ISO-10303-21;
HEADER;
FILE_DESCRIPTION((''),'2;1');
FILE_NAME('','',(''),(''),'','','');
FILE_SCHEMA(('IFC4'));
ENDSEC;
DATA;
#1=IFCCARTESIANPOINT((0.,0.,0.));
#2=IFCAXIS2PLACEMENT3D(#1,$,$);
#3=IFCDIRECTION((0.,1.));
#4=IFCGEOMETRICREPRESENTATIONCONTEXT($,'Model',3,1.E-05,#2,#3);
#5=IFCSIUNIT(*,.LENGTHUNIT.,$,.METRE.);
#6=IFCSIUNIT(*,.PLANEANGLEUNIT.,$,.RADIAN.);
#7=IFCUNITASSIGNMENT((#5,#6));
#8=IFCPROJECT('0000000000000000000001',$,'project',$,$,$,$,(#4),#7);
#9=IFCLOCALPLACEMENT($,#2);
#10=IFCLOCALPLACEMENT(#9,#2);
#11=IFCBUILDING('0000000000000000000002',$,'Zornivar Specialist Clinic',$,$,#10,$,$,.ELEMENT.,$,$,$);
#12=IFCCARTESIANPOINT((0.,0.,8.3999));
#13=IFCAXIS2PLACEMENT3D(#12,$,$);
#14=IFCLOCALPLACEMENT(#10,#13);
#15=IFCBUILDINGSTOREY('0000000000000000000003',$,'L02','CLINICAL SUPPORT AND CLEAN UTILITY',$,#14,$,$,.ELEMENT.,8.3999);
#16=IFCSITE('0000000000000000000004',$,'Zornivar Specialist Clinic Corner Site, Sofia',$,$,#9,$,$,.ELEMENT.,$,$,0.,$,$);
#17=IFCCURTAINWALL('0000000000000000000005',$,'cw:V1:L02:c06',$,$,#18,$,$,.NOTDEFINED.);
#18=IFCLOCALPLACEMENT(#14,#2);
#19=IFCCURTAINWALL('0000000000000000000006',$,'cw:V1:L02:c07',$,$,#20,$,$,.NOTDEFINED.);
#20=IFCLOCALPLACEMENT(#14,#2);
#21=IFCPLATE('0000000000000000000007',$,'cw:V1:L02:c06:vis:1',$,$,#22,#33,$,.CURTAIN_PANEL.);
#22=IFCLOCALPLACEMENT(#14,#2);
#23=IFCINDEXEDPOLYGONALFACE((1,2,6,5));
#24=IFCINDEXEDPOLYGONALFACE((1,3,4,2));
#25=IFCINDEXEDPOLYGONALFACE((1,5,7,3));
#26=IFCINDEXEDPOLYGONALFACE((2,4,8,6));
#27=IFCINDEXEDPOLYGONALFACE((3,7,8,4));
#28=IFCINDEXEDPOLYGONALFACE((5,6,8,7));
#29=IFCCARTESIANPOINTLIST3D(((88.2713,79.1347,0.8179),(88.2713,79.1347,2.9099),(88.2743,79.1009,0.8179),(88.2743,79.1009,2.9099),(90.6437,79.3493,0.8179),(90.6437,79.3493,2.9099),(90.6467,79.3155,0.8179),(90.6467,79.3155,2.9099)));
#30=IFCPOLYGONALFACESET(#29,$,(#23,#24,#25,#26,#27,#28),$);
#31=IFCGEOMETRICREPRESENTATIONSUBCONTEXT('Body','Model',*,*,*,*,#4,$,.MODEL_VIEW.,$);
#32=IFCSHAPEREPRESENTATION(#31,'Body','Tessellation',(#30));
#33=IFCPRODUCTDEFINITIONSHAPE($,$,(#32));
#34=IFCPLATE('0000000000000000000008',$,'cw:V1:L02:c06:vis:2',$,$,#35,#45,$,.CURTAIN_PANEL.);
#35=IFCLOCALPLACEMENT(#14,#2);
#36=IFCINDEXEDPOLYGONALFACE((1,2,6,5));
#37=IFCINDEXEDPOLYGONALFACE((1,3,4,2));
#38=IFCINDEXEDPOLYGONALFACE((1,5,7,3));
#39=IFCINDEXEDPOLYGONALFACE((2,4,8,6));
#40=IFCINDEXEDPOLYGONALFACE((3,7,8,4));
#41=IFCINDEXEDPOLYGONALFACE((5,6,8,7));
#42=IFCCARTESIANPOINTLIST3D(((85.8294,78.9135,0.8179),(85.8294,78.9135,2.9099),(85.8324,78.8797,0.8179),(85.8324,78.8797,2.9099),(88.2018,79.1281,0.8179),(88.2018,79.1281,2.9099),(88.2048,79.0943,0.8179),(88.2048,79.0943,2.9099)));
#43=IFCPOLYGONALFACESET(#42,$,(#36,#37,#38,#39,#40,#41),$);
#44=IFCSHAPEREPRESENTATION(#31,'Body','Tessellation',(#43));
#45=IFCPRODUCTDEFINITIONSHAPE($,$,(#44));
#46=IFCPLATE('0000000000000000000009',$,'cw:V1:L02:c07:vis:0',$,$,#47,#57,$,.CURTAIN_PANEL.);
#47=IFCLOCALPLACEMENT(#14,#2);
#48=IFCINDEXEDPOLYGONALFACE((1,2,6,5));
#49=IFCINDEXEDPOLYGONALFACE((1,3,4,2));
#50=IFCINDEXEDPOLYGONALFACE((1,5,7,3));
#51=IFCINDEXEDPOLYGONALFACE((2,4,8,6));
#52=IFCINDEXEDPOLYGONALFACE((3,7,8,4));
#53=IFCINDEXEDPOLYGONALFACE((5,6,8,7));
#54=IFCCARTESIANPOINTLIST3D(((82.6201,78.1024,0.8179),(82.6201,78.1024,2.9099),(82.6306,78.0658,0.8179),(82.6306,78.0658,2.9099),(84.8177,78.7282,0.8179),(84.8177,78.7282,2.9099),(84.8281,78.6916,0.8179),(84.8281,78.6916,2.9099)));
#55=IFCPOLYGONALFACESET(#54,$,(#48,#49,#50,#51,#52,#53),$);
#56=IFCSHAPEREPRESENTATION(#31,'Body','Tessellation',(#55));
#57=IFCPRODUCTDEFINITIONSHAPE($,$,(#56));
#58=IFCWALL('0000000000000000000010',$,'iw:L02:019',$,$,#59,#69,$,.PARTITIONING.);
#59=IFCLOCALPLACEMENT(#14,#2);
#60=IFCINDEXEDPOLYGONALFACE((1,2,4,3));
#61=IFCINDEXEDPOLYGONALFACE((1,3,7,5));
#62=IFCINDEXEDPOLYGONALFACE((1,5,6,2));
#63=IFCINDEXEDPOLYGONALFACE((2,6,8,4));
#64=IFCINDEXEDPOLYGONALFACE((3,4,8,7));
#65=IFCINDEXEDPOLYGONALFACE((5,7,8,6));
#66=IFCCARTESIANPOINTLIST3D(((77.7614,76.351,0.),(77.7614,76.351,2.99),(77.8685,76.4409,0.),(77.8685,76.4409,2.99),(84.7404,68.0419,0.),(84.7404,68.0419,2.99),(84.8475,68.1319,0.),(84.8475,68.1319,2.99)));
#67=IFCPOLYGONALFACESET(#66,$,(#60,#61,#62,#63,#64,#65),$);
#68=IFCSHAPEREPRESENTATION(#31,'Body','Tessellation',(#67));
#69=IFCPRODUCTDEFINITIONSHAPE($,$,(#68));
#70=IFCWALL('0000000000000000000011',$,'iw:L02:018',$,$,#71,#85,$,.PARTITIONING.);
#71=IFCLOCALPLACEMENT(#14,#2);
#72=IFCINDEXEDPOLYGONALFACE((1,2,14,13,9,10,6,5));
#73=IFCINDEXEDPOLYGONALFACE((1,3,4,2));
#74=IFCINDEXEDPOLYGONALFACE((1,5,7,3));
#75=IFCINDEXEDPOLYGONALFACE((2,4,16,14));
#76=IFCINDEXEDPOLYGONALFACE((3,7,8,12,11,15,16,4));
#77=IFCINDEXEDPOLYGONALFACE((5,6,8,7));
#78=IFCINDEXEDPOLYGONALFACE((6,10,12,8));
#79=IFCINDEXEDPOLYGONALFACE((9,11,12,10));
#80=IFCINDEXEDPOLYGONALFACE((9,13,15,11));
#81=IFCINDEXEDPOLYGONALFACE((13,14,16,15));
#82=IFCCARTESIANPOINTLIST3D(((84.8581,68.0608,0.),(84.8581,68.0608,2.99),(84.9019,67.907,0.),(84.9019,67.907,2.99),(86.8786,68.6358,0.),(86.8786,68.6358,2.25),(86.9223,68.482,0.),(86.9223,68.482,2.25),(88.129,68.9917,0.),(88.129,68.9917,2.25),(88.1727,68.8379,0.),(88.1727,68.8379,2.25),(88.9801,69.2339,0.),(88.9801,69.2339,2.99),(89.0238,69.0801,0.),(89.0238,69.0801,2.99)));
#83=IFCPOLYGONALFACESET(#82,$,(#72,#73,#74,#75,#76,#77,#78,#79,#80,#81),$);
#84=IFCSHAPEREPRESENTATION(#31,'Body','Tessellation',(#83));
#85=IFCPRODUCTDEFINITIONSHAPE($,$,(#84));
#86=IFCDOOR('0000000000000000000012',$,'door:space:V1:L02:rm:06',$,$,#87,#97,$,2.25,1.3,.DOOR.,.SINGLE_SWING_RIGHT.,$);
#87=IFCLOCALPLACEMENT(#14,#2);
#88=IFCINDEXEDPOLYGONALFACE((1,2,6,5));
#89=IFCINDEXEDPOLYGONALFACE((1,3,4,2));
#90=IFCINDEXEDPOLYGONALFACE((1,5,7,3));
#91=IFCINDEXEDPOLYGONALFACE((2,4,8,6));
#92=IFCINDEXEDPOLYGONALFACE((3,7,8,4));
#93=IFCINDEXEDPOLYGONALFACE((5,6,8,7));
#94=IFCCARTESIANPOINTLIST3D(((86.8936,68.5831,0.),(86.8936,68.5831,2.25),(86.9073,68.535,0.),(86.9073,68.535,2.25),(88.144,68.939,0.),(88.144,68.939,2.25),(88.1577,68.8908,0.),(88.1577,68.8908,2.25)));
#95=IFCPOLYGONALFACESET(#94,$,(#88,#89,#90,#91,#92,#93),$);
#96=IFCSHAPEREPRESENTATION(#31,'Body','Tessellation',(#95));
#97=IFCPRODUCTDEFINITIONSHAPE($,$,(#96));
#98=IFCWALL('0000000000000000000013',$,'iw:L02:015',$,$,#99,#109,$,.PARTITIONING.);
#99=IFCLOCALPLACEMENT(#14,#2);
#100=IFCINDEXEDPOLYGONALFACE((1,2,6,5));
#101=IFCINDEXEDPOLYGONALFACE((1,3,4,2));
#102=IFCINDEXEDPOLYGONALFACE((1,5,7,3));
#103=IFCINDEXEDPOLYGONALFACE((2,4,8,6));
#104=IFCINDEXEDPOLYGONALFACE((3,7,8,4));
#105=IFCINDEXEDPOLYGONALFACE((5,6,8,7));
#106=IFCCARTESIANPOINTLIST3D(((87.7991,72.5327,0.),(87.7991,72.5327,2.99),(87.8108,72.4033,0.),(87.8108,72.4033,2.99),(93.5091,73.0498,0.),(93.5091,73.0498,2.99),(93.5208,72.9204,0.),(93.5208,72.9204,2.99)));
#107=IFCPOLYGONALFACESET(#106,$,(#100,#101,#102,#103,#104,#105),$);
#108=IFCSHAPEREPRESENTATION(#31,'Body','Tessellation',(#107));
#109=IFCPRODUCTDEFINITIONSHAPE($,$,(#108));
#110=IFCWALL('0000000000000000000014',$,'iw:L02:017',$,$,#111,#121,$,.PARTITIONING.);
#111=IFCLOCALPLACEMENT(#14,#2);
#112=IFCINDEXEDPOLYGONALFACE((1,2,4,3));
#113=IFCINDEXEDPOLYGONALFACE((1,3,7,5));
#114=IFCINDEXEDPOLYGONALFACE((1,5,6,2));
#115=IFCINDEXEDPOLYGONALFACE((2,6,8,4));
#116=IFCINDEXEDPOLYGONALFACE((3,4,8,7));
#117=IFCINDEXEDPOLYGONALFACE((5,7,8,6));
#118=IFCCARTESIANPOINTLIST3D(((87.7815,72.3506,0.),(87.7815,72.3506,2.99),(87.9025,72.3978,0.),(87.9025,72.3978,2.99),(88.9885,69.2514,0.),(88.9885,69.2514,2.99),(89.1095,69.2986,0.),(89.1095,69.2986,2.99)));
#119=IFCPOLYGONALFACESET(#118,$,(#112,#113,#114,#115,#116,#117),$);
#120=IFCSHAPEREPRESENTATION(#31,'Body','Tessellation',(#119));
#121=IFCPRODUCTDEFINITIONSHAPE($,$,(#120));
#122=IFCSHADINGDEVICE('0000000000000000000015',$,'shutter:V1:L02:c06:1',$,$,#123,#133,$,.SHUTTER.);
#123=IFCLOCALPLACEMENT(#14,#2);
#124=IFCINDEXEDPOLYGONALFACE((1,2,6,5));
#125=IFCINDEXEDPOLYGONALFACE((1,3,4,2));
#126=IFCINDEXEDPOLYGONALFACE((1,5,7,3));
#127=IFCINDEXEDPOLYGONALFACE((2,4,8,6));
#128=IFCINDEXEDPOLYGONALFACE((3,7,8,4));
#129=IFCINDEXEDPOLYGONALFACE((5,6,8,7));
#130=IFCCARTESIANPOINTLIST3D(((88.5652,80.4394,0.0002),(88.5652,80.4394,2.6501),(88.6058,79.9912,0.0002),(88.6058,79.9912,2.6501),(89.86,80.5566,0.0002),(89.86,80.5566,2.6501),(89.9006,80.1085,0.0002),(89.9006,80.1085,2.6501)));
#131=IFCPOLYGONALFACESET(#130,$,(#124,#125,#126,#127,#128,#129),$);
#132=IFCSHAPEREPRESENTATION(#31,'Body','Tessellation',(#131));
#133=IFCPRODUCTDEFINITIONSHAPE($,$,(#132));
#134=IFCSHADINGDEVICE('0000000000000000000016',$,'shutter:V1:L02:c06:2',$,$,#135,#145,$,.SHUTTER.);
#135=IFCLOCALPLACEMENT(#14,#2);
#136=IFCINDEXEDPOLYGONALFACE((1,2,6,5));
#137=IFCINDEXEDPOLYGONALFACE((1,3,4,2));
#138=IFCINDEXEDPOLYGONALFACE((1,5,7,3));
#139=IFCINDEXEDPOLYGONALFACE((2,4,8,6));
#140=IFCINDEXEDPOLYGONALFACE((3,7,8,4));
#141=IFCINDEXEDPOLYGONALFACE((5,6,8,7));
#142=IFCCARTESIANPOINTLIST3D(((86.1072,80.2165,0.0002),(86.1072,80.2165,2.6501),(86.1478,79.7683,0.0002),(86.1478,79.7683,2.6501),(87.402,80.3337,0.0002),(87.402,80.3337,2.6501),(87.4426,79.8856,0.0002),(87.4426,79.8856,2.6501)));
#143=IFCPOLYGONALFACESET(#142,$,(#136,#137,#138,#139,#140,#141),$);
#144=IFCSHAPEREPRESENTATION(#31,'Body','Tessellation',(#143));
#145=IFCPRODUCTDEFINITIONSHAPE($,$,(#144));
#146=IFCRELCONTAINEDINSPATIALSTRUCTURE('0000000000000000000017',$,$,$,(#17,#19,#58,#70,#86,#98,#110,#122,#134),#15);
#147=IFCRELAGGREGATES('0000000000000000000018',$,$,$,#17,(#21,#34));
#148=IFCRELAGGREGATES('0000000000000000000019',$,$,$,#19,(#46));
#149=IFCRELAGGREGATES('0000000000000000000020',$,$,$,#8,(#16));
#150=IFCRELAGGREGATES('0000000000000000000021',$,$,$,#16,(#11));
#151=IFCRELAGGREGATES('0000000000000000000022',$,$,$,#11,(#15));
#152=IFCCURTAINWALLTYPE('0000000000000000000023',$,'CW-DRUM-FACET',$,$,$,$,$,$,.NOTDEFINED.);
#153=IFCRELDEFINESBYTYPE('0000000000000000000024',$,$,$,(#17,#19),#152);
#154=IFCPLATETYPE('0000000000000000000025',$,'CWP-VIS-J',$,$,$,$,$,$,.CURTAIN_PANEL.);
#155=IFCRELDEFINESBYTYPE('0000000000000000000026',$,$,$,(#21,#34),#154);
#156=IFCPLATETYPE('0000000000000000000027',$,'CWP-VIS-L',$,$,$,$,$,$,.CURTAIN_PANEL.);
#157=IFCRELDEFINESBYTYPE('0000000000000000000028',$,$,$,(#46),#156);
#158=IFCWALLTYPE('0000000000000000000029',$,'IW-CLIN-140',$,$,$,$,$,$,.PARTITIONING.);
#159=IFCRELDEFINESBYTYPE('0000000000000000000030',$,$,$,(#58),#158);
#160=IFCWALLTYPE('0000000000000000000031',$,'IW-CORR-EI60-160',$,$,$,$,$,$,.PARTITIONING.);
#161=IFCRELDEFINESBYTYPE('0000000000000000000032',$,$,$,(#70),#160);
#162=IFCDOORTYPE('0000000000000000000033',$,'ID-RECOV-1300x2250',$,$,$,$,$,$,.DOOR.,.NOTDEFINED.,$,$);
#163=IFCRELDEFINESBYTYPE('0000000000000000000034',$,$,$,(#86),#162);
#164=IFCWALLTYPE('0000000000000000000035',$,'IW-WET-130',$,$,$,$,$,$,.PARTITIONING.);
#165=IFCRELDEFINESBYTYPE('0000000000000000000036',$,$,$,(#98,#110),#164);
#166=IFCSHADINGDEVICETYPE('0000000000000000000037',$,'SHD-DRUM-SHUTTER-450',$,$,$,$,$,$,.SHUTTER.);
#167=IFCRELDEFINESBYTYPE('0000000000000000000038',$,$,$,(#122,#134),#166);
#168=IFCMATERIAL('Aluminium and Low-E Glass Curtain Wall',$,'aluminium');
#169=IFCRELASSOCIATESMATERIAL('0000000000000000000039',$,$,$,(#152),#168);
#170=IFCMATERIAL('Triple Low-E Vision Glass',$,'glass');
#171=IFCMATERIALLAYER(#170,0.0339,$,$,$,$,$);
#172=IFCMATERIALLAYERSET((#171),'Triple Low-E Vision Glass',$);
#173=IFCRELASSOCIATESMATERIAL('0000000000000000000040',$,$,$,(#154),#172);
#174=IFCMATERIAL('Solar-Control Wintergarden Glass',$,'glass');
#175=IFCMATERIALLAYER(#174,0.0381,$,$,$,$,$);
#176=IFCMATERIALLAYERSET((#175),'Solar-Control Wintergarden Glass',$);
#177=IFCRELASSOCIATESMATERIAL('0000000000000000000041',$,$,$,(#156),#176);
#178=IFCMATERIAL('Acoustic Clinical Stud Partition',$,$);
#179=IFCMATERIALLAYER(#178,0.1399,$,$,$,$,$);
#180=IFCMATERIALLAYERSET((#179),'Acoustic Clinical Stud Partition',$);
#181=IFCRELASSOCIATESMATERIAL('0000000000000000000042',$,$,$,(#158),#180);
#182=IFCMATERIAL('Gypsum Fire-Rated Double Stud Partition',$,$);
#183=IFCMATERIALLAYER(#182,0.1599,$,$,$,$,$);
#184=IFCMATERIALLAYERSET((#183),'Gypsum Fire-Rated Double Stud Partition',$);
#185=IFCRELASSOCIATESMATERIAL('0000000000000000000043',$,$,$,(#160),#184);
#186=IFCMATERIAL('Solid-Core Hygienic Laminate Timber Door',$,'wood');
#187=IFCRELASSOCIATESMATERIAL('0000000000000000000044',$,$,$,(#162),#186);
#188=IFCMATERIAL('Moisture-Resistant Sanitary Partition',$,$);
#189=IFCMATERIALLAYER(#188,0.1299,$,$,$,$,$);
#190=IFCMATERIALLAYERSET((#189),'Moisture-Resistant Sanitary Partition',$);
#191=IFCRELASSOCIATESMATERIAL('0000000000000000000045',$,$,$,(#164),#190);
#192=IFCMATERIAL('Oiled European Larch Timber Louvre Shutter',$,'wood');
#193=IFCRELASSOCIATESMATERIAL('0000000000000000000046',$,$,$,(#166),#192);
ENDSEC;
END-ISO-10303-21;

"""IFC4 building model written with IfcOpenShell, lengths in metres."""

from ifc_helpers import new_model, si_unit, direction, frame, frame_2d, origin, origin_2d, place, context, subcontext, project, spatial, rectangle, extrude, material, layer, layer_set, type_object, element, fill, aggregate, save


model = new_model("IFC4")

# Units and contexts
model_context = context("Model", 3, precision=1e-05, world=origin(), true_north=direction((0.0, 1.0)))
body_context = subcontext(model_context, "Body", "Model", "MODEL_VIEW")
ifc_project = project(units=[si_unit("LENGTHUNIT", "METRE"), si_unit("PLANEANGLEUNIT", "RADIAN")], contexts=[model_context])

# Site, building, storey
site_placement = place(None, origin())
site = spatial("IfcSite", under=ifc_project, at=site_placement, Name="Zornivar Specialist Clinic Corner Site, Sofia", CompositionType="ELEMENT", RefElevation=0.0)
building_placement = place(site_placement, origin())
building = spatial("IfcBuilding", under=site, at=building_placement, Name="Zornivar Specialist Clinic", CompositionType="ELEMENT")
storey_placement = place(building_placement, frame((0.0, 0.0, 8.3999)))
storey = spatial("IfcBuildingStorey", under=building, at=storey_placement, Name="L02", Description="CLINICAL SUPPORT AND CLEAN UTILITY", CompositionType="ELEMENT", Elevation=8.3999)

# Curtain walls
ifc_material_1 = material(Name="Aluminium and Low-E Glass Curtain Wall", Category="aluminium")
curtain_wall_type = type_object("IfcCurtainWallType", Name="CW-DRUM-FACET", PredefinedType="NOTDEFINED", material=ifc_material_1)
curtain_wall_1_placement = place(storey_placement, origin())
curtain_wall_1 = element("IfcCurtainWall", 1, at=curtain_wall_1_placement, inside=storey, type_object=curtain_wall_type, Name="cw:V1:L02:c06", PredefinedType="NOTDEFINED")
curtain_wall_2_placement = place(storey_placement, origin())
curtain_wall_2 = element("IfcCurtainWall", 2, at=curtain_wall_2_placement, inside=storey, type_object=curtain_wall_type, Name="cw:V1:L02:c07", PredefinedType="NOTDEFINED")

# Plates
ifc_material_2 = material(Name="Triple Low-E Vision Glass", Category="glass")
ifc_layer_1 = layer(ifc_material_2, 0.0339)
ifc_layer_set_1 = layer_set([ifc_layer_1], Name="Triple Low-E Vision Glass")
plate_type_1 = type_object("IfcPlateType", Name="CWP-VIS-J", PredefinedType="CURTAIN_PANEL", material=ifc_layer_set_1)
plate_1_placement = place(storey_placement, frame((89.459, 79.2251, 0.8179), z_axis=(0.0, 0.0, 1.0), x_axis=(-0.995933, -0.090099, 0.0)))
plate_1 = element("IfcPlate", 3, at=plate_1_placement, type_object=plate_type_1, Name="cw:V1:L02:c06:vis:1", PredefinedType="CURTAIN_PANEL", context=body_context, shape_type="SweptSolid", body=[
    extrude(rectangle(XDim=2.3821, YDim=0.0339, at=origin_2d()), origin(), (0.0, 0.0, 1.0), 2.092),
])
plate_2_placement = place(storey_placement, frame((87.0171, 79.0039, 0.8179), z_axis=(0.0, 0.0, 1.0), x_axis=(-0.995933, -0.090099, 0.0)))
plate_2 = element("IfcPlate", 4, at=plate_2_placement, type_object=plate_type_1, Name="cw:V1:L02:c06:vis:2", PredefinedType="CURTAIN_PANEL", context=body_context, shape_type="SweptSolid", body=[
    extrude(rectangle(XDim=2.3821, YDim=0.0339, at=origin_2d()), origin(), (0.0, 0.0, 1.0), 2.092),
])
aggregate(curtain_wall_1, [plate_1, plate_2])
ifc_material_3 = material(Name="Solar-Control Wintergarden Glass", Category="glass")
ifc_layer_2 = layer(ifc_material_3, 0.0381)
ifc_layer_set_2 = layer_set([ifc_layer_2], Name="Solar-Control Wintergarden Glass")
plate_type_2 = type_object("IfcPlateType", Name="CWP-VIS-L", PredefinedType="CURTAIN_PANEL", material=ifc_layer_set_2)
plate_3_placement = place(storey_placement, frame((83.7241, 78.397, 0.8179), z_axis=(0.0, 0.0, 1.0), x_axis=(-0.961761, -0.273889, 0.0)))
plate_3 = element("IfcPlate", 5, at=plate_3_placement, type_object=plate_type_2, Name="cw:V1:L02:c07:vis:0", PredefinedType="CURTAIN_PANEL", context=body_context, shape_type="SweptSolid", body=[
    extrude(rectangle(XDim=2.2849, YDim=0.0381, at=origin_2d()), origin(), (0.0, 0.0, 1.0), 2.092),
])
aggregate(curtain_wall_2, [plate_3])

# Wall
ifc_material_4 = material(Name="Acoustic Clinical Stud Partition")
ifc_layer_3 = layer(ifc_material_4, 0.1399)
ifc_layer_set_3 = layer_set([ifc_layer_3], Name="Acoustic Clinical Stud Partition")
wall_type_1 = type_object("IfcWallType", Name="IW-CLIN-140", PredefinedType="PARTITIONING", material=ifc_layer_set_3)
wall_1_placement = place(storey_placement, frame((84.7939, 68.0869, 0.0), z_axis=(0.0, 0.0, 1.0), x_axis=(-0.643158, 0.765733, 0.0)))
element("IfcWall", 6, at=wall_1_placement, inside=storey, type_object=wall_type_1, Name="iw:L02:019", PredefinedType="PARTITIONING", context=body_context, shape_type="SweptSolid", body=[
    extrude(rectangle(XDim=10.8511, YDim=0.1399, at=frame_2d((5.4255, 0.0))), origin(), (0.0, 0.0, 1.0), 2.99),
])

# Wall, opening, door
ifc_material_5 = material(Name="Gypsum Fire-Rated Double Stud Partition")
ifc_layer_4 = layer(ifc_material_5, 0.1599)
ifc_layer_set_4 = layer_set([ifc_layer_4], Name="Gypsum Fire-Rated Double Stud Partition")
wall_type_2 = type_object("IfcWallType", Name="IW-CORR-EI60-160", PredefinedType="PARTITIONING", material=ifc_layer_set_4)
wall_2_placement = place(storey_placement, frame((89.002, 69.157, 0.0), z_axis=(0.0, 0.0, 1.0), x_axis=(-0.961809, -0.27372, 0.0)))
wall_2 = element("IfcWall", 7, at=wall_2_placement, inside=storey, type_object=wall_type_2, Name="iw:L02:018", PredefinedType="PARTITIONING", context=body_context, shape_type="SweptSolid", body=[
    extrude(rectangle(XDim=4.2856, YDim=0.1599, at=frame_2d((2.1428, 0.0))), origin(), (0.0, 0.0, 1.0), 2.99),
])
opening_1_placement = place(wall_2_placement, frame((0.885, 0.0, 0.0)))
opening_1 = element("IfcOpeningElement", 8, at=opening_1_placement, cuts=wall_2, PredefinedType="OPENING", context=body_context, shape_type="SweptSolid", body=[
    extrude(rectangle(XDim=1.3, YDim=2.25, at=frame_2d((0.6499, 1.125))), frame((0.0, 0.0898, 0.0), z_axis=(0.0, -1.0, 0.0), x_axis=(1.0, 0.0, 0.0)), (0.0, 0.0, 1.0), 0.1799),
])
ifc_material_6 = material(Name="Solid-Core Hygienic Laminate Timber Door", Category="wood")
door_type_1 = type_object("IfcDoorType", Name="ID-RECOV-1300x2250", OperationType="NOTDEFINED", PredefinedType="DOOR", material=ifc_material_6)
door_1_placement = place(opening_1_placement, origin())
door_1 = element("IfcDoor", 9, at=door_1_placement, inside=storey, type_object=door_type_1, Name="door:space:V1:L02:rm:06", OperationType="SINGLE_SWING_RIGHT", OverallHeight=2.25, OverallWidth=1.3, PredefinedType="DOOR", context=body_context, shape_type="SweptSolid", body=[
    extrude(rectangle(XDim=1.3, YDim=2.25, at=frame_2d((0.6499, 1.125))), frame((0.0, 0.0249, 0.0), z_axis=(0.0, -1.0, 0.0), x_axis=(1.0, 0.0, 0.0)), (0.0, 0.0, 1.0), 0.05),
])
fill(opening_1, door_1)

# Walls
ifc_material_7 = material(Name="Moisture-Resistant Sanitary Partition")
ifc_layer_5 = layer(ifc_material_7, 0.1299)
ifc_layer_set_5 = layer_set([ifc_layer_5], Name="Moisture-Resistant Sanitary Partition")
wall_type_3 = type_object("IfcWallType", Name="IW-WET-130", PredefinedType="PARTITIONING", material=ifc_layer_set_5)
wall_3_placement = place(storey_placement, frame((87.8049, 72.468, 0.0), z_axis=(0.0, 0.0, 1.0), x_axis=(0.995925, 0.09019, 0.0)))
element("IfcWall", 10, at=wall_3_placement, inside=storey, type_object=wall_type_3, Name="iw:L02:015", PredefinedType="PARTITIONING", context=body_context, shape_type="SweptSolid", body=[
    extrude(rectangle(XDim=5.7334, YDim=0.1299, at=frame_2d((2.8667, 0.0))), origin(), (0.0, 0.0, 1.0), 2.99),
])
wall_4_placement = place(storey_placement, frame((89.0491, 69.2749, 0.0), z_axis=(0.0, 0.0, 1.0), x_axis=(-0.362921, 0.93182, 0.0)))
element("IfcWall", 11, at=wall_4_placement, inside=storey, type_object=wall_type_3, Name="iw:L02:017", PredefinedType="PARTITIONING", context=body_context, shape_type="SweptSolid", body=[
    extrude(rectangle(XDim=3.3259, YDim=0.1299, at=frame_2d((1.6631, 0.0))), origin(), (0.0, 0.0, 1.0), 2.99),
])

# Shading devices
ifc_material_8 = material(Name="Oiled European Larch Timber Louvre Shutter", Category="wood")
shading_device_type = type_object("IfcShadingDeviceType", Name="SHD-DRUM-SHUTTER-450", PredefinedType="SHUTTER", material=ifc_material_8)
for number, where, z_axis, x_axis, name in (
    (12, (89.2329, 80.2739, 0.0002), (0.0, 0.0, 1.0), (-0.995925, -0.090188, 0.0), "shutter:V1:L02:c06:1"),
    (13, (86.7749, 80.051, 0.0002), (0.0, 0.0, 1.0), (-0.995925, -0.090188, 0.0), "shutter:V1:L02:c06:2"),
):
    element("IfcShadingDevice", number, at=place(storey_placement, frame(where, z_axis=z_axis, x_axis=x_axis)), inside=storey, type_object=shading_device_type, Name=name, PredefinedType="SHUTTER", context=body_context, shape_type="SweptSolid", body=[
        extrude(rectangle(XDim=1.3, YDim=0.45, at=origin_2d()), origin(), (0.0, 0.0, 1.0), 2.6499),
    ])

save(model, "model.ifc")
